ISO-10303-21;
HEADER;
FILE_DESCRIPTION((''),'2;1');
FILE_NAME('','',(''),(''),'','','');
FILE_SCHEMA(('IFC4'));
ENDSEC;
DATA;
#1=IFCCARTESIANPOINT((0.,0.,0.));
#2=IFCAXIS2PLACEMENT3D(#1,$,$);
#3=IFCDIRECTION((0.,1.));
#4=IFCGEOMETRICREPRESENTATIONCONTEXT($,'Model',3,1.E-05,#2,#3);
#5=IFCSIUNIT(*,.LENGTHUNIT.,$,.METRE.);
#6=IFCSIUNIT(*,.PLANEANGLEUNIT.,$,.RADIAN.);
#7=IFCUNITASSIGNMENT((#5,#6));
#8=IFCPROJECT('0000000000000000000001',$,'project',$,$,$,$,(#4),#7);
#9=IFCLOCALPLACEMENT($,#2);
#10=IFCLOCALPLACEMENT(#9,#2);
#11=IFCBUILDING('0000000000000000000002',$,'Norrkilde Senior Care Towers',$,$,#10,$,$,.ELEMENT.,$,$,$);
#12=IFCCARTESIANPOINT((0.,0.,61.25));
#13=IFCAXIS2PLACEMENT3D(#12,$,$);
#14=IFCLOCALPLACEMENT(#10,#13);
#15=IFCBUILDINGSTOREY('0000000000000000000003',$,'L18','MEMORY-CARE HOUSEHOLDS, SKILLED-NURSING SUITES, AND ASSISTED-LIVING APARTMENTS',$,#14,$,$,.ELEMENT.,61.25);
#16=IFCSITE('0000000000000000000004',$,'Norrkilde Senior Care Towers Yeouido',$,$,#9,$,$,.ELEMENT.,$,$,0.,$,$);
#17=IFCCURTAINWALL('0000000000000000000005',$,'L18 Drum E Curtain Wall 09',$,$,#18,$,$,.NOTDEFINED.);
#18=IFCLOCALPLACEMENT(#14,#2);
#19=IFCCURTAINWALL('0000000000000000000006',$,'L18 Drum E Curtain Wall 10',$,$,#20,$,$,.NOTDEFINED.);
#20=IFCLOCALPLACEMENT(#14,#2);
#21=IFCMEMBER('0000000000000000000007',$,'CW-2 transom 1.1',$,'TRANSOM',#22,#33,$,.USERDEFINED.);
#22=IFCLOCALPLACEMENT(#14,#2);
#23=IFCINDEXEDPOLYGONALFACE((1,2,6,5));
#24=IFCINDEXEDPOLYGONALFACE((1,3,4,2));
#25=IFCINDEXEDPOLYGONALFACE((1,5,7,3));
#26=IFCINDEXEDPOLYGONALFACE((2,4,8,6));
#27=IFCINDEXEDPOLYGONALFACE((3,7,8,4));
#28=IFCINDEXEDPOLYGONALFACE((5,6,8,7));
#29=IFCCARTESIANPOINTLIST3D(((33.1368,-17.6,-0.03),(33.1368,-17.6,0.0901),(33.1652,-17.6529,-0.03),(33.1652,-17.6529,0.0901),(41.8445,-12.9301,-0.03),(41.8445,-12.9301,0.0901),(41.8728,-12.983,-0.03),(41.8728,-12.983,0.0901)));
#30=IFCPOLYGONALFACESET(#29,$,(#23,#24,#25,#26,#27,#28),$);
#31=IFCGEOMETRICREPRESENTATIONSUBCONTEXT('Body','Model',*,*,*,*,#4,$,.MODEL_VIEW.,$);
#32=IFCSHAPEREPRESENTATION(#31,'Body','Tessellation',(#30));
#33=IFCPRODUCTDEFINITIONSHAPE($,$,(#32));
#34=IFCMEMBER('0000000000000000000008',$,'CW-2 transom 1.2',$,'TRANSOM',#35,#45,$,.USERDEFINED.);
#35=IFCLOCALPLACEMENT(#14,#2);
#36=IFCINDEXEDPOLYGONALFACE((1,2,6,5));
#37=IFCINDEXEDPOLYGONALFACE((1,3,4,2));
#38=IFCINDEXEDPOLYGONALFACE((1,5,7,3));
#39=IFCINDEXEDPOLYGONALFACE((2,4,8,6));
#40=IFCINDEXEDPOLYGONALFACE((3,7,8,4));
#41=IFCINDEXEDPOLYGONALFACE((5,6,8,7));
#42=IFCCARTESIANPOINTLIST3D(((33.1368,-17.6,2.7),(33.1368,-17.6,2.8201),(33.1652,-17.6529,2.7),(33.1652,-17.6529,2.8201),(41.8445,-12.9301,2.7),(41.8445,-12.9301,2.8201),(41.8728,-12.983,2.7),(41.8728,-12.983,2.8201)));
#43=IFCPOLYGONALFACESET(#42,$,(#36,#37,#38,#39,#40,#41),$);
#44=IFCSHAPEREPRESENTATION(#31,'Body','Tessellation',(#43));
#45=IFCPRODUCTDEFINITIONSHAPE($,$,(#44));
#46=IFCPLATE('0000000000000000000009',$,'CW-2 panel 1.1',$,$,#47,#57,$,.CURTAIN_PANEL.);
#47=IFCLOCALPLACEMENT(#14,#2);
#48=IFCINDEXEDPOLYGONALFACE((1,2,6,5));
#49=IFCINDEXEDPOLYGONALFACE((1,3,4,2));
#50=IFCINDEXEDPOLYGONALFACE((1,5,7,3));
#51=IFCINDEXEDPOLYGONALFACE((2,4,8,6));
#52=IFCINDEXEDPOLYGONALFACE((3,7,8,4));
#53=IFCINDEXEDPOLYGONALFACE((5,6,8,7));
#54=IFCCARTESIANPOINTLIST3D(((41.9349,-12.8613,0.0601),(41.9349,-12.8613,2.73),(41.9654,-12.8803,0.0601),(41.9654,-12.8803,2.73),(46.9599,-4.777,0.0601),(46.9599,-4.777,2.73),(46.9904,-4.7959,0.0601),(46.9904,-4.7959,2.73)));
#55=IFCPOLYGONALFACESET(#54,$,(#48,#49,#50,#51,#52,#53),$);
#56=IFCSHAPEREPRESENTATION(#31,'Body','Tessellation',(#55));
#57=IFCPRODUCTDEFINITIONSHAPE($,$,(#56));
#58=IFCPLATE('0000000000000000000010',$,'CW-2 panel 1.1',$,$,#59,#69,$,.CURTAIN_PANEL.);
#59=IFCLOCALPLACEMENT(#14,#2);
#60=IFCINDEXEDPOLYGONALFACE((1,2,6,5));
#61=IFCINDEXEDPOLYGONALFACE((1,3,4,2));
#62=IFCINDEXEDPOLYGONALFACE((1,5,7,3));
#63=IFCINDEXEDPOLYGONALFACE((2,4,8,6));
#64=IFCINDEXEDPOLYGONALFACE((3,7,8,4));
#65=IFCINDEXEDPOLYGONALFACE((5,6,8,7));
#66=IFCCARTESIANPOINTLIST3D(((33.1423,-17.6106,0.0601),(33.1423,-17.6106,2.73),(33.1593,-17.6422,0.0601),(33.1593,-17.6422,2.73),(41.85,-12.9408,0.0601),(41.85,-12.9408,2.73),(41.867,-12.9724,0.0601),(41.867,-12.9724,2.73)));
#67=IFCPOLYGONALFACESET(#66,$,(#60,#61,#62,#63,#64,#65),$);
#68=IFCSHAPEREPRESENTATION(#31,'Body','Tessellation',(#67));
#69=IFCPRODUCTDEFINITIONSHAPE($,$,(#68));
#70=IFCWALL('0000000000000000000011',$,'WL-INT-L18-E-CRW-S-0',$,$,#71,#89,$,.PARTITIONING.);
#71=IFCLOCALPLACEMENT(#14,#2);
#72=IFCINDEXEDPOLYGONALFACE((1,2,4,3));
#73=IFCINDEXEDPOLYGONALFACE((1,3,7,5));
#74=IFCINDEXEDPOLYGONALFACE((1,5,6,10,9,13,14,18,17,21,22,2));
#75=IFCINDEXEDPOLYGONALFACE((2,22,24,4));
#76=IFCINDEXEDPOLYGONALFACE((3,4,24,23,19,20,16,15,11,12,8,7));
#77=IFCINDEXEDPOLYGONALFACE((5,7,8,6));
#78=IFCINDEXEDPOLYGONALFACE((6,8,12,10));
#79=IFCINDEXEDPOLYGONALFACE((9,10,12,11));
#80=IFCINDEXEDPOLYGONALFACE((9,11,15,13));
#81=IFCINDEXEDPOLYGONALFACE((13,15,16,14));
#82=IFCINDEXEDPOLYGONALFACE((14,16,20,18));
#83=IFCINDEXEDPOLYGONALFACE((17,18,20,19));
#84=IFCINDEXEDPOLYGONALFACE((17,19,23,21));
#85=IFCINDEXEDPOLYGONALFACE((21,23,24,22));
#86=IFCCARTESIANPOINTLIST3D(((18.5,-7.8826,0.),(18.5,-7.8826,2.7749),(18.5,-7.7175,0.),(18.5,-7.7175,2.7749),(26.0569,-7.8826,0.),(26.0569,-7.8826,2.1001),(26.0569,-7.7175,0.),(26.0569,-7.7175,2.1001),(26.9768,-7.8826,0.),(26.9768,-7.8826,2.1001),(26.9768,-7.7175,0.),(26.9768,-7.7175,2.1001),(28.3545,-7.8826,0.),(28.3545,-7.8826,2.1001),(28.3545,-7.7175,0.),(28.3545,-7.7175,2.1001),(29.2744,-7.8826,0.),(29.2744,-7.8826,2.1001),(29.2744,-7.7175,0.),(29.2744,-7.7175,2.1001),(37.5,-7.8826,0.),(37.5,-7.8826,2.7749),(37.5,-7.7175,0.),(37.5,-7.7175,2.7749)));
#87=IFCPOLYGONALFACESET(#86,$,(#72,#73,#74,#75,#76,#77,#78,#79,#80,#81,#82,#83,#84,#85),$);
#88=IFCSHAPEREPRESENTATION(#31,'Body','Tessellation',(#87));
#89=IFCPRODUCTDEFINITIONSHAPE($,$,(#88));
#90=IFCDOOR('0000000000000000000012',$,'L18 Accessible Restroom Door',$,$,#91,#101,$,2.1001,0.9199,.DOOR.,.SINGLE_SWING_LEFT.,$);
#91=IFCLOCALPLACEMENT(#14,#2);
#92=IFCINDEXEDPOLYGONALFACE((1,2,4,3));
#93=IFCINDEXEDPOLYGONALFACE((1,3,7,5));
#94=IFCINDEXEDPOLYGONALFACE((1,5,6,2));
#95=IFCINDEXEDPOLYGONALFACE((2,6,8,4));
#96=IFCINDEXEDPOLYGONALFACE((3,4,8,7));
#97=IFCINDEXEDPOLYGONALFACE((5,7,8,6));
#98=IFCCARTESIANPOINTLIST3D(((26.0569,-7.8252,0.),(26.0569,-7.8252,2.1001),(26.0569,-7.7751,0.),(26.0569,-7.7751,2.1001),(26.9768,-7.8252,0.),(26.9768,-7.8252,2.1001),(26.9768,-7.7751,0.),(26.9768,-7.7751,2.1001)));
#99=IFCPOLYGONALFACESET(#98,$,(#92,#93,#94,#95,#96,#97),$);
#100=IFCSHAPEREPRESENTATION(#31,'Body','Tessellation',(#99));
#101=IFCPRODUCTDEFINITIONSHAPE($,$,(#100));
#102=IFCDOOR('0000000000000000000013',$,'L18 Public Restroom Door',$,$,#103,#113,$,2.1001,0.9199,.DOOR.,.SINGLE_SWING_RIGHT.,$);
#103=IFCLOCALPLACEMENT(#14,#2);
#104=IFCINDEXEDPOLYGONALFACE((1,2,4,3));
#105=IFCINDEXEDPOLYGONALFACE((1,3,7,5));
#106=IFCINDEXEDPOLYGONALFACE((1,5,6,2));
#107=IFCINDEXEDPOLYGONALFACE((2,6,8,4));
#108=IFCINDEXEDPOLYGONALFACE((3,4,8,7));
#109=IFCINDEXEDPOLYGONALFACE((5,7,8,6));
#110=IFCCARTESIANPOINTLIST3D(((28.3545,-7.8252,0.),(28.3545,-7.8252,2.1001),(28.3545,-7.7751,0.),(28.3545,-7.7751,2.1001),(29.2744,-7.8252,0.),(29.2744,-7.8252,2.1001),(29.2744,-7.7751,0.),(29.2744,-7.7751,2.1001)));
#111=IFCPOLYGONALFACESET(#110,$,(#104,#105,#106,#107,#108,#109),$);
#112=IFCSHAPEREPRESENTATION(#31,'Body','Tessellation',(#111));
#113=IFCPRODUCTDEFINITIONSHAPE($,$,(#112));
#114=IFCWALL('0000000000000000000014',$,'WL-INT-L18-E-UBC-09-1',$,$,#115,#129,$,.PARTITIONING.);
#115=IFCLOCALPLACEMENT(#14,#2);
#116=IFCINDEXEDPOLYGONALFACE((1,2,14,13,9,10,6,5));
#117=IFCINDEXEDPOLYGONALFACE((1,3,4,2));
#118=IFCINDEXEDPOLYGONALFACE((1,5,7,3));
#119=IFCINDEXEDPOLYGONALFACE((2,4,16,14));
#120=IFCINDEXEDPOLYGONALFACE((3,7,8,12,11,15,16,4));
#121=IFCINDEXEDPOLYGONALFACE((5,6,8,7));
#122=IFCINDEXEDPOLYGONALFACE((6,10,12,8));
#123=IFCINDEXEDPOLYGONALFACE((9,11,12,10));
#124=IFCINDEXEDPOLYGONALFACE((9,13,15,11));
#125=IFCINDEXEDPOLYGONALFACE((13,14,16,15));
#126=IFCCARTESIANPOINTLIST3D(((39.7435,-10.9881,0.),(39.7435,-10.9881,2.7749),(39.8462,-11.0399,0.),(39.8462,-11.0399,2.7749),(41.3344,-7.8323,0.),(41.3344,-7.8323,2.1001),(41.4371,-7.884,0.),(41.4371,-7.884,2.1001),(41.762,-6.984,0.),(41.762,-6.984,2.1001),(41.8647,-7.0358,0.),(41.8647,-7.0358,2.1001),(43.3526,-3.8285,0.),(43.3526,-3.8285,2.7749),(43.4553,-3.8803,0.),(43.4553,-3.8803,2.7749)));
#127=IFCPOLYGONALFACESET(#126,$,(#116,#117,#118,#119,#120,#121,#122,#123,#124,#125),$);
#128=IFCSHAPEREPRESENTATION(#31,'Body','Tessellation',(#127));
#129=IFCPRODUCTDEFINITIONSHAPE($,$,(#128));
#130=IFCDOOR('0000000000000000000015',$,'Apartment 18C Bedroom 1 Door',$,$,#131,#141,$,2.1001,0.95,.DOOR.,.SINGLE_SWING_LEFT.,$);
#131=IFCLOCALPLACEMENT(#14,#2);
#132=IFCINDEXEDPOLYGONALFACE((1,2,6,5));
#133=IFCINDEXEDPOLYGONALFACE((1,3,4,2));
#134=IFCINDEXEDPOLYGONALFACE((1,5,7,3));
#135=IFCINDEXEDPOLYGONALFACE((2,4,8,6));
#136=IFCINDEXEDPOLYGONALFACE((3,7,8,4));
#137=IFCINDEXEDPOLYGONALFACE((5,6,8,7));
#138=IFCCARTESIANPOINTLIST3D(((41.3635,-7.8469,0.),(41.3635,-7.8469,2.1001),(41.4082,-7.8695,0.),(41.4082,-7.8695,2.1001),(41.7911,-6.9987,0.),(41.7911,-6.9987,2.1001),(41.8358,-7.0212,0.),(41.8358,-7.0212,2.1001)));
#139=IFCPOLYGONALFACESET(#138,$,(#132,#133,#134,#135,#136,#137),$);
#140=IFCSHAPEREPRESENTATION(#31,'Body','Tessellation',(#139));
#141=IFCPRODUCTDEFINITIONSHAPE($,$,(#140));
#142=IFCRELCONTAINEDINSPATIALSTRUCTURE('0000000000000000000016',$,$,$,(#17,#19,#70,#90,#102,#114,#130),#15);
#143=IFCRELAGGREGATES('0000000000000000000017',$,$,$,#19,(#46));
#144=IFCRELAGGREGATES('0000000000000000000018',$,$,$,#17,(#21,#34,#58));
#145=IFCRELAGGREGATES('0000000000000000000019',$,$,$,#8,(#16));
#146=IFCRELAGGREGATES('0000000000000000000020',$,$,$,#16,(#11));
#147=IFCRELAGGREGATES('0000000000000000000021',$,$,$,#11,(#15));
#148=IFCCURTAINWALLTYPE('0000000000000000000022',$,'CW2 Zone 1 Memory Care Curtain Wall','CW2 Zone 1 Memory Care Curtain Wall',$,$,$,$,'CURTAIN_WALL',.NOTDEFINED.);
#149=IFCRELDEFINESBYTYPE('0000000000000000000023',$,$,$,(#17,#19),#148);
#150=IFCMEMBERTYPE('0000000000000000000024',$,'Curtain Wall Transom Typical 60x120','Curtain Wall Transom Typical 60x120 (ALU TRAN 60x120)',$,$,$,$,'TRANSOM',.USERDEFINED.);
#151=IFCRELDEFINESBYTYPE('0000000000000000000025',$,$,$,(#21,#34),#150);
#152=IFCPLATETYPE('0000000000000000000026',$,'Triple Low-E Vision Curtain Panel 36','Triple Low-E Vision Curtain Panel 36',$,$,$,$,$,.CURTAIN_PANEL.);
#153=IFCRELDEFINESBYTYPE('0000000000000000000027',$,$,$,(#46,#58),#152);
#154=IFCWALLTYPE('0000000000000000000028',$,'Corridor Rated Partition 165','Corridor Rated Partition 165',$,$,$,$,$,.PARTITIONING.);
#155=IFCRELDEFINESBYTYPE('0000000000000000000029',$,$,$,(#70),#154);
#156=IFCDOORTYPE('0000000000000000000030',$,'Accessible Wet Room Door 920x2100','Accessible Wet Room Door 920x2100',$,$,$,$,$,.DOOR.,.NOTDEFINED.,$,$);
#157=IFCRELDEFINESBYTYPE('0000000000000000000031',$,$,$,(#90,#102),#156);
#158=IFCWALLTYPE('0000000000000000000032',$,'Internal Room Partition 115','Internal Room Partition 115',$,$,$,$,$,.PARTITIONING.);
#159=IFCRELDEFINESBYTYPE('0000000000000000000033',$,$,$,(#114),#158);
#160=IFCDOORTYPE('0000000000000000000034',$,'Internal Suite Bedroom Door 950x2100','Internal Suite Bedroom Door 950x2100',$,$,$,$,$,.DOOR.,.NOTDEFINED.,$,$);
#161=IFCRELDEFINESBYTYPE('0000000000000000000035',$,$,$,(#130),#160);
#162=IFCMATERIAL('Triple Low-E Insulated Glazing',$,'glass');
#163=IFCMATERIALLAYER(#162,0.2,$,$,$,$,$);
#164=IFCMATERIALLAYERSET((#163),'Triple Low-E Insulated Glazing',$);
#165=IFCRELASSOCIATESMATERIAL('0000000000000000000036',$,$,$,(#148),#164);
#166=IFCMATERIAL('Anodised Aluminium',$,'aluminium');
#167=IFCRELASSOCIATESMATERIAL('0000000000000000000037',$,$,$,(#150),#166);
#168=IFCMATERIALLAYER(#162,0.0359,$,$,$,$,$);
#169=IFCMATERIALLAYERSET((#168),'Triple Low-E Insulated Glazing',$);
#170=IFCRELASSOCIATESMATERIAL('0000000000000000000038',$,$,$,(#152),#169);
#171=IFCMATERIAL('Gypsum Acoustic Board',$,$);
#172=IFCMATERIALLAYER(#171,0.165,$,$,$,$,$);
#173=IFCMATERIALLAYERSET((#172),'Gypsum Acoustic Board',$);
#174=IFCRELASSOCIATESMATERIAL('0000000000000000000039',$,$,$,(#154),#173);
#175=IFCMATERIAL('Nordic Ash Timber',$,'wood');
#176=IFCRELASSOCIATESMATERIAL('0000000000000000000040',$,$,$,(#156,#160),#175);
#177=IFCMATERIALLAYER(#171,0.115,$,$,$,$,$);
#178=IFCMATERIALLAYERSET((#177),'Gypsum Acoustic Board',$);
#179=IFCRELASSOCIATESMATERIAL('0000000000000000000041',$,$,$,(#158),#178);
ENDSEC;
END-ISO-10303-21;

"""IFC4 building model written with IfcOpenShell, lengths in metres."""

from ifc_helpers import new_model, si_unit, direction, frame, frame_2d, origin, origin_2d, place, context, subcontext, project, spatial, rectangle, extrude, source, transform, mapped, material, layer, layer_set, material_profile, profile_set, type_object, type_shapes, element, fill, aggregate, save


model = new_model("IFC4")

# Units and contexts
model_context = context("Model", 3, precision=1e-05, world=origin(), true_north=direction((0.0, 1.0)))
body_context = subcontext(model_context, "Body", "Model", "MODEL_VIEW")
ifc_project = project(units=[si_unit("LENGTHUNIT", "METRE"), si_unit("PLANEANGLEUNIT", "RADIAN")], contexts=[model_context])

# Site, building, storey
site_placement = place(None, origin())
site = spatial("IfcSite", under=ifc_project, at=site_placement, Name="Norrkilde Senior Care Towers Yeouido", CompositionType="ELEMENT", RefElevation=0.0)
building_placement = place(site_placement, origin())
building = spatial("IfcBuilding", under=site, at=building_placement, Name="Norrkilde Senior Care Towers", CompositionType="ELEMENT")
storey_placement = place(building_placement, frame((0.0, 0.0, 61.25)))
storey = spatial("IfcBuildingStorey", under=building, at=storey_placement, Name="L18", Description="MEMORY-CARE HOUSEHOLDS, SKILLED-NURSING SUITES, AND ASSISTED-LIVING APARTMENTS", CompositionType="ELEMENT", Elevation=61.25)

# Curtain wall
ifc_material_1 = material(Name="Triple Low-E Insulated Glazing", Category="glass")
ifc_layer_1 = layer(ifc_material_1, 0.2)
ifc_layer_set_1 = layer_set([ifc_layer_1], Name="Triple Low-E Insulated Glazing")
curtain_wall_type = type_object("IfcCurtainWallType", Name="CW2 Zone 1 Memory Care Curtain Wall", Description="CW2 Zone 1 Memory Care Curtain Wall", ElementType="CURTAIN_WALL", PredefinedType="NOTDEFINED", material=ifc_layer_set_1)
curtain_wall_1_placement = place(storey_placement, origin())
curtain_wall_1 = element("IfcCurtainWall", 1, at=curtain_wall_1_placement, inside=storey, type_object=curtain_wall_type, Name="L18 Drum E Curtain Wall 09", PredefinedType="NOTDEFINED")
ifc_material_2 = material(Name="Anodised Aluminium", Category="aluminium")

# Curtain wall
curtain_wall_2_placement = place(storey_placement, origin())
curtain_wall_2 = element("IfcCurtainWall", 2, at=curtain_wall_2_placement, inside=storey, type_object=curtain_wall_type, Name="L18 Drum E Curtain Wall 10", PredefinedType="NOTDEFINED")

# Members
ifc_material_profile_1 = material_profile(ifc_material_2, rectangle(XDim=0.0601, YDim=0.1201, at=origin_2d()), Name="ALU TRAN 60x120")
ifc_profile_set_1 = profile_set([ifc_material_profile_1], Name="Anodised Aluminium")
member_type_1 = type_object("IfcMemberType", Name="Curtain Wall Transom Typical 60x120", Description="Curtain Wall Transom Typical 60x120 (ALU TRAN 60x120)", ElementType="TRANSOM", PredefinedType="USERDEFINED", material=ifc_profile_set_1)
shared_shape_1 = source(origin(), body_context, "Body", "SweptSolid", [
    extrude(rectangle(XDim=0.0601, YDim=0.1201, at=origin_2d()), origin(), (0.0, 0.0, 1.0), 9.8809),
])
member_1_placement = place(storey_placement, frame((41.8586, -12.9565, 0.03), z_axis=(-0.881267, -0.472618, 0.0), x_axis=(0.472618, -0.881267, 0.0)))
member_1 = element("IfcMember", 3, at=member_1_placement, type_object=member_type_1, Name="CW-2 transom 1.1", ObjectType="TRANSOM", PredefinedType="USERDEFINED", context=body_context, shape_type="MappedRepresentation", body=[
    mapped(shared_shape_1, transform((0.0, 0.0, 0.0), x_axis=(1.0, 0.0, 0.0), y_axis=(0.0, 1.0, 0.0), z_axis=(0.0, 0.0, 1.0), scale=1.0)),
])
member_2_placement = place(storey_placement, frame((41.8586, -12.9565, 2.76), z_axis=(-0.881267, -0.472618, 0.0), x_axis=(0.472618, -0.881267, 0.0)))
member_2 = element("IfcMember", 4, at=member_2_placement, type_object=member_type_1, Name="CW-2 transom 1.2", ObjectType="TRANSOM", PredefinedType="USERDEFINED", context=body_context, shape_type="MappedRepresentation", body=[
    mapped(shared_shape_1, transform((0.0, 0.0, 0.0), x_axis=(1.0, 0.0, 0.0), y_axis=(0.0, 1.0, 0.0), z_axis=(0.0, 0.0, 1.0), scale=1.0)),
])

# Plates
ifc_layer_2 = layer(ifc_material_1, 0.0359)
ifc_layer_set_2 = layer_set([ifc_layer_2], Name="Triple Low-E Insulated Glazing")
plate_type = type_object("IfcPlateType", Name="Triple Low-E Vision Curtain Panel 36", Description="Triple Low-E Vision Curtain Panel 36", PredefinedType="CURTAIN_PANEL", material=ifc_layer_set_2)
shared_shape_2 = source(origin(), body_context, "Body", "SweptSolid", [
    extrude(rectangle(XDim=9.5188, YDim=0.0359, at=origin_2d()), origin(), (0.0, 0.0, 1.0), 2.6699),
])
plate_1_placement = place(storey_placement, frame((44.4626, -8.8286, 0.0601), z_axis=(0.0, 0.0, 1.0), x_axis=(-0.527901, -0.849306, 0.0)))
plate_1 = element("IfcPlate", 5, at=plate_1_placement, type_object=plate_type, Name="CW-2 panel 1.1", PredefinedType="CURTAIN_PANEL", context=body_context, shape_type="MappedRepresentation", body=[
    mapped(shared_shape_2, transform((0.0, 0.0, 0.0), x_axis=(1.0, 0.0, 0.0), y_axis=(0.0, 1.0, 0.0), z_axis=(0.0, 0.0, 1.0), scale=1.0)),
])
aggregate(curtain_wall_2, [plate_1])
shared_shape_3 = source(origin(), body_context, "Body", "SweptSolid", [
    extrude(rectangle(XDim=9.8809, YDim=0.0359, at=origin_2d()), origin(), (0.0, 0.0, 1.0), 2.6699),
])
type_shapes(plate_type, [shared_shape_2, shared_shape_3])
plate_2_placement = place(storey_placement, frame((37.5046, -15.2915, 0.0601), z_axis=(0.0, 0.0, 1.0), x_axis=(-0.881273, -0.472608, 0.0)))
plate_2 = element("IfcPlate", 6, at=plate_2_placement, type_object=plate_type, Name="CW-2 panel 1.1", PredefinedType="CURTAIN_PANEL", context=body_context, shape_type="MappedRepresentation", body=[
    mapped(shared_shape_3, transform((0.0, 0.0, 0.0), x_axis=(1.0, 0.0, 0.0), y_axis=(0.0, 1.0, 0.0), z_axis=(0.0, 0.0, 1.0), scale=1.0)),
])
aggregate(curtain_wall_1, [member_1, member_2, plate_2])

# Wall, openings, doors
ifc_material_3 = material(Name="Gypsum Acoustic Board")
ifc_layer_3 = layer(ifc_material_3, 0.165)
ifc_layer_set_3 = layer_set([ifc_layer_3], Name="Gypsum Acoustic Board")
wall_type_1 = type_object("IfcWallType", Name="Corridor Rated Partition 165", Description="Corridor Rated Partition 165", PredefinedType="PARTITIONING", material=ifc_layer_set_3)
shared_shape_4 = source(origin(), body_context, "Body", "SweptSolid", [
    extrude(rectangle(XDim=19.0, YDim=0.165, at=frame_2d((9.5, 0.0))), origin(), (0.0, 0.0, 1.0), 2.7749),
])
type_shapes(wall_type_1, [shared_shape_4])
wall_1_placement = place(storey_placement, frame((37.5, -7.8, 0.0), z_axis=(0.0, 0.0, 1.0), x_axis=(-1.0, 0.0, 0.0)))
wall_1 = element("IfcWall", 7, at=wall_1_placement, inside=storey, type_object=wall_type_1, Name="WL-INT-L18-E-CRW-S-0", PredefinedType="PARTITIONING", context=body_context, shape_type="MappedRepresentation", body=[
    mapped(shared_shape_4, transform((0.0, 0.0, 0.0), x_axis=(1.0, 0.0, 0.0), y_axis=(0.0, 1.0, 0.0), z_axis=(0.0, 0.0, 1.0), scale=1.0)),
])
opening_1_placement = place(wall_1_placement, frame((10.5232, 0.0, 0.0)))
opening_1 = element("IfcOpeningElement", 8, at=opening_1_placement, cuts=wall_1, PredefinedType="OPENING", context=body_context, shape_type="SweptSolid", body=[
    extrude(rectangle(XDim=0.9199, YDim=2.1001, at=frame_2d((0.46, 1.05))), frame((0.0, 0.0925, 0.0), z_axis=(0.0, -1.0, 0.0), x_axis=(1.0, 0.0, 0.0)), (0.0, 0.0, 1.0), 0.1851),
])
opening_2_placement = place(wall_1_placement, frame((8.2256, 0.0, 0.0)))
opening_2 = element("IfcOpeningElement", 9, at=opening_2_placement, cuts=wall_1, PredefinedType="OPENING", context=body_context, shape_type="SweptSolid", body=[
    extrude(rectangle(XDim=0.9199, YDim=2.1001, at=frame_2d((0.46, 1.05))), frame((0.0, 0.0925, 0.0), z_axis=(0.0, -1.0, 0.0), x_axis=(1.0, 0.0, 0.0)), (0.0, 0.0, 1.0), 0.1851),
])
ifc_material_4 = material(Name="Nordic Ash Timber", Category="wood")
door_type_1 = type_object("IfcDoorType", Name="Accessible Wet Room Door 920x2100", Description="Accessible Wet Room Door 920x2100", OperationType="NOTDEFINED", PredefinedType="DOOR", material=ifc_material_4)
shared_shape_5 = source(origin(), body_context, "Body", "SweptSolid", [
    extrude(rectangle(XDim=0.9199, YDim=2.1001, at=frame_2d((0.46, 1.05))), frame((0.0, 0.0249, 0.0), z_axis=(0.0, -1.0, 0.0), x_axis=(1.0, 0.0, 0.0)), (0.0, 0.0, 1.0), 0.05),
])
type_shapes(door_type_1, [shared_shape_5])
door_1_placement = place(opening_1_placement, frame((0.9199, 0.0, 0.0), z_axis=(0.0, 0.0, 1.0), x_axis=(-1.0, 0.0, 0.0)))
door_1 = element("IfcDoor", 10, at=door_1_placement, inside=storey, type_object=door_type_1, Name="L18 Accessible Restroom Door", OperationType="SINGLE_SWING_LEFT", OverallHeight=2.1001, OverallWidth=0.9199, PredefinedType="DOOR", context=body_context, shape_type="MappedRepresentation", body=[
    mapped(shared_shape_5, transform((0.0, 0.0, 0.0), x_axis=(1.0, 0.0, 0.0), y_axis=(0.0, 1.0, 0.0), z_axis=(0.0, 0.0, 1.0), scale=1.0)),
])
fill(opening_1, door_1)
door_2_placement = place(opening_2_placement, frame((0.9199, 0.0, 0.0), z_axis=(0.0, 0.0, 1.0), x_axis=(-1.0, 0.0, 0.0)))
door_2 = element("IfcDoor", 11, at=door_2_placement, inside=storey, type_object=door_type_1, Name="L18 Public Restroom Door", OperationType="SINGLE_SWING_RIGHT", OverallHeight=2.1001, OverallWidth=0.9199, PredefinedType="DOOR", context=body_context, shape_type="MappedRepresentation", body=[
    mapped(shared_shape_5, transform((0.0, 0.0, 0.0), x_axis=(1.0, 0.0, 0.0), y_axis=(0.0, 1.0, 0.0), z_axis=(0.0, 0.0, 1.0), scale=1.0)),
])
fill(opening_2, door_2)

# Wall, opening, door
ifc_layer_4 = layer(ifc_material_3, 0.115)
ifc_layer_set_4 = layer_set([ifc_layer_4], Name="Gypsum Acoustic Board")
wall_type_2 = type_object("IfcWallType", Name="Internal Room Partition 115", Description="Internal Room Partition 115", PredefinedType="PARTITIONING", material=ifc_layer_set_4)
shared_shape_6 = source(origin(), body_context, "Body", "SweptSolid", [
    extrude(rectangle(XDim=8.0178, YDim=0.115, at=frame_2d((4.0088, 0.0))), origin(), (0.0, 0.0, 1.0), 2.7749),
])
wall_2_placement = place(storey_placement, frame((39.7949, -11.0139, 0.0), z_axis=(0.0, 0.0, 1.0), x_axis=(0.450134, 0.892961, 0.0)))
wall_2 = element("IfcWall", 12, at=wall_2_placement, inside=storey, type_object=wall_type_2, Name="WL-INT-L18-E-UBC-09-1", PredefinedType="PARTITIONING", context=body_context, shape_type="MappedRepresentation", body=[
    mapped(shared_shape_6, transform((0.0, 0.0, 0.0), x_axis=(1.0, 0.0, 0.0), y_axis=(0.0, 1.0, 0.0), z_axis=(0.0, 0.0, 1.0), scale=1.0)),
])
opening_3_placement = place(wall_2_placement, frame((3.5339, 0.0, 0.0)))
opening_3 = element("IfcOpeningElement", 13, at=opening_3_placement, cuts=wall_2, PredefinedType="OPENING", context=body_context, shape_type="SweptSolid", body=[
    extrude(rectangle(XDim=0.95, YDim=2.1001, at=frame_2d((0.4751, 1.05))), frame((0.0, 0.0674, 0.0), z_axis=(0.0, -1.0, 0.0), x_axis=(1.0, 0.0, 0.0)), (0.0, 0.0, 1.0), 0.135),
])
door_type_2 = type_object("IfcDoorType", Name="Internal Suite Bedroom Door 950x2100", Description="Internal Suite Bedroom Door 950x2100", OperationType="NOTDEFINED", PredefinedType="DOOR", material=ifc_material_4)
shared_shape_7 = source(origin(), body_context, "Body", "SweptSolid", [
    extrude(rectangle(XDim=0.95, YDim=2.1001, at=frame_2d((0.4751, 1.05))), frame((0.0, 0.0249, 0.0), z_axis=(0.0, -1.0, 0.0), x_axis=(1.0, 0.0, 0.0)), (0.0, 0.0, 1.0), 0.05),
])
type_shapes(door_type_2, [shared_shape_7])
door_3_placement = place(opening_3_placement, origin())
door_3 = element("IfcDoor", 14, at=door_3_placement, inside=storey, type_object=door_type_2, Name="Apartment 18C Bedroom 1 Door", OperationType="SINGLE_SWING_LEFT", OverallHeight=2.1001, OverallWidth=0.95, PredefinedType="DOOR", context=body_context, shape_type="MappedRepresentation", body=[
    mapped(shared_shape_7, transform((0.0, 0.0, 0.0), x_axis=(1.0, 0.0, 0.0), y_axis=(0.0, 1.0, 0.0), z_axis=(0.0, 0.0, 1.0), scale=1.0)),
])
fill(opening_3, door_3)

save(model, "model.ifc")
